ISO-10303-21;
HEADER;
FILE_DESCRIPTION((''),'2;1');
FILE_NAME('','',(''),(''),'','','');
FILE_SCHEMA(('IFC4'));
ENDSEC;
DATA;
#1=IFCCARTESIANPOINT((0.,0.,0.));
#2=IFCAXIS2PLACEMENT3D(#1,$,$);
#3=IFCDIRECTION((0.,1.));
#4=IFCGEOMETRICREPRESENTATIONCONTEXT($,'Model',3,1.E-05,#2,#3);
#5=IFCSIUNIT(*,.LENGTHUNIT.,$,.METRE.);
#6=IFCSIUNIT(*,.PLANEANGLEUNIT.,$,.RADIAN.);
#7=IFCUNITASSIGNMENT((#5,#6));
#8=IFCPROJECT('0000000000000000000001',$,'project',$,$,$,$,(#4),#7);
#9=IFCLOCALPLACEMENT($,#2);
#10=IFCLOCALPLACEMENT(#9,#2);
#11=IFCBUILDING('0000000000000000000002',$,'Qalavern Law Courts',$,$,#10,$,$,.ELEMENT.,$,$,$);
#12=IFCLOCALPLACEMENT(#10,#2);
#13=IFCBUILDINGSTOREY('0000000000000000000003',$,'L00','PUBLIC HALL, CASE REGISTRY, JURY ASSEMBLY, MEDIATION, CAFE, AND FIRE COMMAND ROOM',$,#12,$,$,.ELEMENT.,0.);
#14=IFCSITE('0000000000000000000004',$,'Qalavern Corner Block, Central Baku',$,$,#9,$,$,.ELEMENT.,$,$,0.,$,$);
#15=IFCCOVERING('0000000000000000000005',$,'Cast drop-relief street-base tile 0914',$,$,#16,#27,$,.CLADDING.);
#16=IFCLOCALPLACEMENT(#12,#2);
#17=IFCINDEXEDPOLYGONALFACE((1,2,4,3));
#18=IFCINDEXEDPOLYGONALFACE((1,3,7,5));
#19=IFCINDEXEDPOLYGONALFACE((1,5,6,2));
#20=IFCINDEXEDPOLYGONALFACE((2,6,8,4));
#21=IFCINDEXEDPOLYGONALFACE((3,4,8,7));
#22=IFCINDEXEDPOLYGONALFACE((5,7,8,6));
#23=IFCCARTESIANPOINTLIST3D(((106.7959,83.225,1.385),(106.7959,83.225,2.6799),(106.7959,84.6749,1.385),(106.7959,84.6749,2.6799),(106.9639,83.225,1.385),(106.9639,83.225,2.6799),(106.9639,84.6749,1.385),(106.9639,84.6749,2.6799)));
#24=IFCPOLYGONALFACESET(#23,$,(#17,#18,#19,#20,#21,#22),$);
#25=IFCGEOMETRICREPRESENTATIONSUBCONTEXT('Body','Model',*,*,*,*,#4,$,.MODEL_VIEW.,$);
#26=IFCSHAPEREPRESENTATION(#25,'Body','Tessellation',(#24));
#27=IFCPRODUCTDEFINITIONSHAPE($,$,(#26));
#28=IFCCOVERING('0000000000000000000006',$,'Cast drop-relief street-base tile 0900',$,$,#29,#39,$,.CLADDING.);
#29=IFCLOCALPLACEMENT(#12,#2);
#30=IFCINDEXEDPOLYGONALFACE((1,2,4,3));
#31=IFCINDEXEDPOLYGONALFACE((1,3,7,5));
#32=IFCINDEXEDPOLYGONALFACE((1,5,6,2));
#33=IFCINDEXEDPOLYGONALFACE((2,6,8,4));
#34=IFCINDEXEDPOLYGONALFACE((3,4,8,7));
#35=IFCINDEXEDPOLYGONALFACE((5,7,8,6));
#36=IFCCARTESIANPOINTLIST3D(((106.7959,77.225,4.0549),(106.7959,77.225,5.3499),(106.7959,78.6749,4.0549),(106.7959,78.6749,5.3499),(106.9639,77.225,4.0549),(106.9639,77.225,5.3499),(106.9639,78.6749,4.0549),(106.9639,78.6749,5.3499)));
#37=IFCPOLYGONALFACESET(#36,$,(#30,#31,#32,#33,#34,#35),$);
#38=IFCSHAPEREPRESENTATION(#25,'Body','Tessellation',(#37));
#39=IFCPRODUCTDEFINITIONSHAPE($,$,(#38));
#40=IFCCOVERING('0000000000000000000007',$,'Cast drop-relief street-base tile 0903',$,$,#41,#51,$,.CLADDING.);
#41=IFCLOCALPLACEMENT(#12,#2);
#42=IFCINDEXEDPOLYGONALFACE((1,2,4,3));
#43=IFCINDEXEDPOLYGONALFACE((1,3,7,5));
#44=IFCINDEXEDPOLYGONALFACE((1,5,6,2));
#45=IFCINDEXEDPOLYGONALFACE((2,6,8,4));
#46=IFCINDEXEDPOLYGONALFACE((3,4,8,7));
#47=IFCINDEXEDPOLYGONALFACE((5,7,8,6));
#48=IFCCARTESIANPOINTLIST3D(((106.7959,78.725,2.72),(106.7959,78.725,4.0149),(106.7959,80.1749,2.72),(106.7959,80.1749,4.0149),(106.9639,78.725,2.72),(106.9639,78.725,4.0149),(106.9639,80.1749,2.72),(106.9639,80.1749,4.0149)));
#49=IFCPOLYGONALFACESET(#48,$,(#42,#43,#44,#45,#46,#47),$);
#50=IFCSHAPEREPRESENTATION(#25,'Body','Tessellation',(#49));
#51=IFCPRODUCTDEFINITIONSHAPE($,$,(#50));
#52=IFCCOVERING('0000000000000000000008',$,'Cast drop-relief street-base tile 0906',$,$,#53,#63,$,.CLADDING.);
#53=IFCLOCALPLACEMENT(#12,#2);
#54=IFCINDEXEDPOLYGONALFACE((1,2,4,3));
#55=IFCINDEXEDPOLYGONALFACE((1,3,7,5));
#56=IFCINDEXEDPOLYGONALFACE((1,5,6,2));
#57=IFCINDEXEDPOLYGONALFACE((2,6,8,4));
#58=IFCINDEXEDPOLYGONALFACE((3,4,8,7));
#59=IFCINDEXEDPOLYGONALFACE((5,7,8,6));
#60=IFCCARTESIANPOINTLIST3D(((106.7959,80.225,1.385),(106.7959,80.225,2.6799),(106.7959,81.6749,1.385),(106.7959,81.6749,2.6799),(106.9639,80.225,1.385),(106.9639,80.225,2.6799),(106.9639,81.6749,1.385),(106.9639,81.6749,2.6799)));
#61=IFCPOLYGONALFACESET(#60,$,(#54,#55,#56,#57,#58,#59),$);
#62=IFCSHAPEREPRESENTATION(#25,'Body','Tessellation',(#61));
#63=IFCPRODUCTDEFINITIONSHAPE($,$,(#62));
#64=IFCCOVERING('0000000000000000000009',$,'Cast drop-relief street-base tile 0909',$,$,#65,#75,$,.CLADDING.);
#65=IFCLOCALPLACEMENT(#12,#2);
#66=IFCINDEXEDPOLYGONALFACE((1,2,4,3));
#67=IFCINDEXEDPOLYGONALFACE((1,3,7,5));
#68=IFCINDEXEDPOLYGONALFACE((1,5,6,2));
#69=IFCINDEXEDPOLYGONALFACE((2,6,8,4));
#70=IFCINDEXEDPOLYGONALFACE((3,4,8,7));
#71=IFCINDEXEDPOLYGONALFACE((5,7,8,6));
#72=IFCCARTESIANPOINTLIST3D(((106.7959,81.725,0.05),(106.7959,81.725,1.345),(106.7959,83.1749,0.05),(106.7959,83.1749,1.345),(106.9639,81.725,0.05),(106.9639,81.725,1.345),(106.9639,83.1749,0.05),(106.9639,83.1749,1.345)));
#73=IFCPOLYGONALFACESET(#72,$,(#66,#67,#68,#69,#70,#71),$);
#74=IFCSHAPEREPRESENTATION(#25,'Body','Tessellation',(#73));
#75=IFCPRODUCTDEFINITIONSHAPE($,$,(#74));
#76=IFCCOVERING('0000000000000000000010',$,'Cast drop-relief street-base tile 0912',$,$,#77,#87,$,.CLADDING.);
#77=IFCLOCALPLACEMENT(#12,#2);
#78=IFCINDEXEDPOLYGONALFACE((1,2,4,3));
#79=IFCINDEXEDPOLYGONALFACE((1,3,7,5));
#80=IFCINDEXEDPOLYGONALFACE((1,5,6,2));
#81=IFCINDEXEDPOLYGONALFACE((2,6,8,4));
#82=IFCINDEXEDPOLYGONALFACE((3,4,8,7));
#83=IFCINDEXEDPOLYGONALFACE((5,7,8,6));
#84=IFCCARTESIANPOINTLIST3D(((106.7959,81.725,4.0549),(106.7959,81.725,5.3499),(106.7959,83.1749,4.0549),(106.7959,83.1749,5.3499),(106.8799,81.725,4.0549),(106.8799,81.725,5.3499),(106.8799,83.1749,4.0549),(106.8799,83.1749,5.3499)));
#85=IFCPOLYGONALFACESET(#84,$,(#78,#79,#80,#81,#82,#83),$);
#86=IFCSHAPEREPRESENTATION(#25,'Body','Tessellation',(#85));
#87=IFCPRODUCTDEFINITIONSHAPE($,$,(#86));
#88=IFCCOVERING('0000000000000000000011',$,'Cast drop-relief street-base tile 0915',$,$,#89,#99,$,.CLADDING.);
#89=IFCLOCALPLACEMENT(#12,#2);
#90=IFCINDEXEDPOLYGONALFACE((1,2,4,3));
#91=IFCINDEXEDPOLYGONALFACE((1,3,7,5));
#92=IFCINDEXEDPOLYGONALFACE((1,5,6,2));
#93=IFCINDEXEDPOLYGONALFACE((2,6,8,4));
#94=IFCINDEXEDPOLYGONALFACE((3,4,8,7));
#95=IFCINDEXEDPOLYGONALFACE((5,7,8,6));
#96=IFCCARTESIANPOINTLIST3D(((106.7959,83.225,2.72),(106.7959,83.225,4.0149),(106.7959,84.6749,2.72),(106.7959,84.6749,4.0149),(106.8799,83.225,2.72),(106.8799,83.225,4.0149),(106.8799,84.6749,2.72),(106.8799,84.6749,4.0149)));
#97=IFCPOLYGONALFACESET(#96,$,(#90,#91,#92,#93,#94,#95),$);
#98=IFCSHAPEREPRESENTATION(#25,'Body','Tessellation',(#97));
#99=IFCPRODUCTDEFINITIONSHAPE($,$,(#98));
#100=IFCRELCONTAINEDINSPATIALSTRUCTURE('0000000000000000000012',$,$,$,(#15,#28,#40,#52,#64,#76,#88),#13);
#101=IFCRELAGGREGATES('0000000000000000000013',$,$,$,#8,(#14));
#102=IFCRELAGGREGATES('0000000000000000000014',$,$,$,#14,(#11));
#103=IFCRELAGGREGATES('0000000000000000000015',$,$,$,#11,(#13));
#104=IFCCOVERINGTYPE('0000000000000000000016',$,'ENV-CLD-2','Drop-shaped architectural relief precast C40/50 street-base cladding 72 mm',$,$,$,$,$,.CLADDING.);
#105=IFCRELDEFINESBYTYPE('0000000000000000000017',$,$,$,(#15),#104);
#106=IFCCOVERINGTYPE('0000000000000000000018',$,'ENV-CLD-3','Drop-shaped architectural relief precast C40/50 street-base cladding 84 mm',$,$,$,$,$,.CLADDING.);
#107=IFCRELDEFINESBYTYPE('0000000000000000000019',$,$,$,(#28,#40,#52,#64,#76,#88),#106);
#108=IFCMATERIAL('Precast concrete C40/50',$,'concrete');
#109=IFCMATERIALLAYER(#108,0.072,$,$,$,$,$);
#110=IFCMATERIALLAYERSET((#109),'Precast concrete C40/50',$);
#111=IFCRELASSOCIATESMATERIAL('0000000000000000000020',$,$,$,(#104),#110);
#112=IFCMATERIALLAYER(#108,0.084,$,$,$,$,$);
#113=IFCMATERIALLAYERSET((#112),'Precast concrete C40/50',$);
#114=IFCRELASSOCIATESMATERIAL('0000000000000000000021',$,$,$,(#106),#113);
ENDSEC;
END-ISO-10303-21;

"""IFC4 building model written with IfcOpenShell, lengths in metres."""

from ifc_helpers import new_model, si_unit, direction, frame, origin, origin_2d, place, context, subcontext, project, spatial, rectangle, extrude, material, layer, layer_set, type_object, element, save


model = new_model("IFC4")

# Units and contexts
model_context = context("Model", 3, precision=1e-05, world=origin(), true_north=direction((0.0, 1.0)))
body_context = subcontext(model_context, "Body", "Model", "MODEL_VIEW")
ifc_project = project(units=[si_unit("LENGTHUNIT", "METRE"), si_unit("PLANEANGLEUNIT", "RADIAN")], contexts=[model_context])

# Site, building, storey
site_placement = place(None, origin())
site = spatial("IfcSite", under=ifc_project, at=site_placement, Name="Qalavern Corner Block, Central Baku", CompositionType="ELEMENT", RefElevation=0.0)
building_placement = place(site_placement, origin())
building = spatial("IfcBuilding", under=site, at=building_placement, Name="Qalavern Law Courts", CompositionType="ELEMENT")
storey_placement = place(building_placement, origin())
storey = spatial("IfcBuildingStorey", under=building, at=storey_placement, Name="L00", Description="PUBLIC HALL, CASE REGISTRY, JURY ASSEMBLY, MEDIATION, CAFE, AND FIRE COMMAND ROOM", CompositionType="ELEMENT", Elevation=0.0)

# Coverings
ifc_material_1 = material(Name="Precast concrete C40/50", Category="concrete")
ifc_layer_1 = layer(ifc_material_1, 0.072)
ifc_layer_set_1 = layer_set([ifc_layer_1], Name="Precast concrete C40/50")
covering_type_1 = type_object("IfcCoveringType", Name="ENV-CLD-2", Description="Drop-shaped architectural relief precast C40/50 street-base cladding 72 mm", PredefinedType="CLADDING", material=ifc_layer_set_1)
for number, where, z_axis, x_axis, name in (
    (1, (106.8799, 83.95, 1.385), (0.0, 0.0, 1.0), (0.0, 1.0, 0.0), "Cast drop-relief street-base tile 0914"),
):
    element("IfcCovering", number, at=place(storey_placement, frame(where, z_axis=z_axis, x_axis=x_axis)), inside=storey, type_object=covering_type_1, Name=name, PredefinedType="CLADDING", context=body_context, shape_type="SweptSolid", body=[
        extrude(rectangle(XDim=1.45, YDim=0.168, at=origin_2d()), origin(), (0.0, 0.0, 1.0), 1.2949),
    ])
ifc_layer_2 = layer(ifc_material_1, 0.084)
ifc_layer_set_2 = layer_set([ifc_layer_2], Name="Precast concrete C40/50")
covering_type_2 = type_object("IfcCoveringType", Name="ENV-CLD-3", Description="Drop-shaped architectural relief precast C40/50 street-base cladding 84 mm", PredefinedType="CLADDING", material=ifc_layer_set_2)
for number, where, z_axis, x_axis, name in (
    (2, (106.8799, 77.95, 4.0549), (0.0, 0.0, 1.0), (0.0, 1.0, 0.0), "Cast drop-relief street-base tile 0900"),
    (3, (106.8799, 79.45, 2.72), (0.0, 0.0, 1.0), (0.0, 1.0, 0.0), "Cast drop-relief street-base tile 0903"),
    (4, (106.8799, 80.95, 1.385), (0.0, 0.0, 1.0), (0.0, 1.0, 0.0), "Cast drop-relief street-base tile 0906"),
    (5, (106.8799, 82.45, 0.05), (0.0, 0.0, 1.0), (0.0, 1.0, 0.0), "Cast drop-relief street-base tile 0909"),
):
    element("IfcCovering", number, at=place(storey_placement, frame(where, z_axis=z_axis, x_axis=x_axis)), inside=storey, type_object=covering_type_2, Name=name, PredefinedType="CLADDING", context=body_context, shape_type="SweptSolid", body=[
        extrude(rectangle(XDim=1.45, YDim=0.168, at=origin_2d()), origin(), (0.0, 0.0, 1.0), 1.2949),
    ])
for number, where, z_axis, x_axis, name in (
    (6, (106.8379, 82.45, 4.0549), (0.0, 0.0, 1.0), (0.0, 1.0, 0.0), "Cast drop-relief street-base tile 0912"),
    (7, (106.8379, 83.95, 2.72), (0.0, 0.0, 1.0), (0.0, 1.0, 0.0), "Cast drop-relief street-base tile 0915"),
):
    element("IfcCovering", number, at=place(storey_placement, frame(where, z_axis=z_axis, x_axis=x_axis)), inside=storey, type_object=covering_type_2, Name=name, PredefinedType="CLADDING", context=body_context, shape_type="SweptSolid", body=[
        extrude(rectangle(XDim=1.45, YDim=0.084, at=origin_2d()), origin(), (0.0, 0.0, 1.0), 1.2949),
    ])

save(model, "model.ifc")
